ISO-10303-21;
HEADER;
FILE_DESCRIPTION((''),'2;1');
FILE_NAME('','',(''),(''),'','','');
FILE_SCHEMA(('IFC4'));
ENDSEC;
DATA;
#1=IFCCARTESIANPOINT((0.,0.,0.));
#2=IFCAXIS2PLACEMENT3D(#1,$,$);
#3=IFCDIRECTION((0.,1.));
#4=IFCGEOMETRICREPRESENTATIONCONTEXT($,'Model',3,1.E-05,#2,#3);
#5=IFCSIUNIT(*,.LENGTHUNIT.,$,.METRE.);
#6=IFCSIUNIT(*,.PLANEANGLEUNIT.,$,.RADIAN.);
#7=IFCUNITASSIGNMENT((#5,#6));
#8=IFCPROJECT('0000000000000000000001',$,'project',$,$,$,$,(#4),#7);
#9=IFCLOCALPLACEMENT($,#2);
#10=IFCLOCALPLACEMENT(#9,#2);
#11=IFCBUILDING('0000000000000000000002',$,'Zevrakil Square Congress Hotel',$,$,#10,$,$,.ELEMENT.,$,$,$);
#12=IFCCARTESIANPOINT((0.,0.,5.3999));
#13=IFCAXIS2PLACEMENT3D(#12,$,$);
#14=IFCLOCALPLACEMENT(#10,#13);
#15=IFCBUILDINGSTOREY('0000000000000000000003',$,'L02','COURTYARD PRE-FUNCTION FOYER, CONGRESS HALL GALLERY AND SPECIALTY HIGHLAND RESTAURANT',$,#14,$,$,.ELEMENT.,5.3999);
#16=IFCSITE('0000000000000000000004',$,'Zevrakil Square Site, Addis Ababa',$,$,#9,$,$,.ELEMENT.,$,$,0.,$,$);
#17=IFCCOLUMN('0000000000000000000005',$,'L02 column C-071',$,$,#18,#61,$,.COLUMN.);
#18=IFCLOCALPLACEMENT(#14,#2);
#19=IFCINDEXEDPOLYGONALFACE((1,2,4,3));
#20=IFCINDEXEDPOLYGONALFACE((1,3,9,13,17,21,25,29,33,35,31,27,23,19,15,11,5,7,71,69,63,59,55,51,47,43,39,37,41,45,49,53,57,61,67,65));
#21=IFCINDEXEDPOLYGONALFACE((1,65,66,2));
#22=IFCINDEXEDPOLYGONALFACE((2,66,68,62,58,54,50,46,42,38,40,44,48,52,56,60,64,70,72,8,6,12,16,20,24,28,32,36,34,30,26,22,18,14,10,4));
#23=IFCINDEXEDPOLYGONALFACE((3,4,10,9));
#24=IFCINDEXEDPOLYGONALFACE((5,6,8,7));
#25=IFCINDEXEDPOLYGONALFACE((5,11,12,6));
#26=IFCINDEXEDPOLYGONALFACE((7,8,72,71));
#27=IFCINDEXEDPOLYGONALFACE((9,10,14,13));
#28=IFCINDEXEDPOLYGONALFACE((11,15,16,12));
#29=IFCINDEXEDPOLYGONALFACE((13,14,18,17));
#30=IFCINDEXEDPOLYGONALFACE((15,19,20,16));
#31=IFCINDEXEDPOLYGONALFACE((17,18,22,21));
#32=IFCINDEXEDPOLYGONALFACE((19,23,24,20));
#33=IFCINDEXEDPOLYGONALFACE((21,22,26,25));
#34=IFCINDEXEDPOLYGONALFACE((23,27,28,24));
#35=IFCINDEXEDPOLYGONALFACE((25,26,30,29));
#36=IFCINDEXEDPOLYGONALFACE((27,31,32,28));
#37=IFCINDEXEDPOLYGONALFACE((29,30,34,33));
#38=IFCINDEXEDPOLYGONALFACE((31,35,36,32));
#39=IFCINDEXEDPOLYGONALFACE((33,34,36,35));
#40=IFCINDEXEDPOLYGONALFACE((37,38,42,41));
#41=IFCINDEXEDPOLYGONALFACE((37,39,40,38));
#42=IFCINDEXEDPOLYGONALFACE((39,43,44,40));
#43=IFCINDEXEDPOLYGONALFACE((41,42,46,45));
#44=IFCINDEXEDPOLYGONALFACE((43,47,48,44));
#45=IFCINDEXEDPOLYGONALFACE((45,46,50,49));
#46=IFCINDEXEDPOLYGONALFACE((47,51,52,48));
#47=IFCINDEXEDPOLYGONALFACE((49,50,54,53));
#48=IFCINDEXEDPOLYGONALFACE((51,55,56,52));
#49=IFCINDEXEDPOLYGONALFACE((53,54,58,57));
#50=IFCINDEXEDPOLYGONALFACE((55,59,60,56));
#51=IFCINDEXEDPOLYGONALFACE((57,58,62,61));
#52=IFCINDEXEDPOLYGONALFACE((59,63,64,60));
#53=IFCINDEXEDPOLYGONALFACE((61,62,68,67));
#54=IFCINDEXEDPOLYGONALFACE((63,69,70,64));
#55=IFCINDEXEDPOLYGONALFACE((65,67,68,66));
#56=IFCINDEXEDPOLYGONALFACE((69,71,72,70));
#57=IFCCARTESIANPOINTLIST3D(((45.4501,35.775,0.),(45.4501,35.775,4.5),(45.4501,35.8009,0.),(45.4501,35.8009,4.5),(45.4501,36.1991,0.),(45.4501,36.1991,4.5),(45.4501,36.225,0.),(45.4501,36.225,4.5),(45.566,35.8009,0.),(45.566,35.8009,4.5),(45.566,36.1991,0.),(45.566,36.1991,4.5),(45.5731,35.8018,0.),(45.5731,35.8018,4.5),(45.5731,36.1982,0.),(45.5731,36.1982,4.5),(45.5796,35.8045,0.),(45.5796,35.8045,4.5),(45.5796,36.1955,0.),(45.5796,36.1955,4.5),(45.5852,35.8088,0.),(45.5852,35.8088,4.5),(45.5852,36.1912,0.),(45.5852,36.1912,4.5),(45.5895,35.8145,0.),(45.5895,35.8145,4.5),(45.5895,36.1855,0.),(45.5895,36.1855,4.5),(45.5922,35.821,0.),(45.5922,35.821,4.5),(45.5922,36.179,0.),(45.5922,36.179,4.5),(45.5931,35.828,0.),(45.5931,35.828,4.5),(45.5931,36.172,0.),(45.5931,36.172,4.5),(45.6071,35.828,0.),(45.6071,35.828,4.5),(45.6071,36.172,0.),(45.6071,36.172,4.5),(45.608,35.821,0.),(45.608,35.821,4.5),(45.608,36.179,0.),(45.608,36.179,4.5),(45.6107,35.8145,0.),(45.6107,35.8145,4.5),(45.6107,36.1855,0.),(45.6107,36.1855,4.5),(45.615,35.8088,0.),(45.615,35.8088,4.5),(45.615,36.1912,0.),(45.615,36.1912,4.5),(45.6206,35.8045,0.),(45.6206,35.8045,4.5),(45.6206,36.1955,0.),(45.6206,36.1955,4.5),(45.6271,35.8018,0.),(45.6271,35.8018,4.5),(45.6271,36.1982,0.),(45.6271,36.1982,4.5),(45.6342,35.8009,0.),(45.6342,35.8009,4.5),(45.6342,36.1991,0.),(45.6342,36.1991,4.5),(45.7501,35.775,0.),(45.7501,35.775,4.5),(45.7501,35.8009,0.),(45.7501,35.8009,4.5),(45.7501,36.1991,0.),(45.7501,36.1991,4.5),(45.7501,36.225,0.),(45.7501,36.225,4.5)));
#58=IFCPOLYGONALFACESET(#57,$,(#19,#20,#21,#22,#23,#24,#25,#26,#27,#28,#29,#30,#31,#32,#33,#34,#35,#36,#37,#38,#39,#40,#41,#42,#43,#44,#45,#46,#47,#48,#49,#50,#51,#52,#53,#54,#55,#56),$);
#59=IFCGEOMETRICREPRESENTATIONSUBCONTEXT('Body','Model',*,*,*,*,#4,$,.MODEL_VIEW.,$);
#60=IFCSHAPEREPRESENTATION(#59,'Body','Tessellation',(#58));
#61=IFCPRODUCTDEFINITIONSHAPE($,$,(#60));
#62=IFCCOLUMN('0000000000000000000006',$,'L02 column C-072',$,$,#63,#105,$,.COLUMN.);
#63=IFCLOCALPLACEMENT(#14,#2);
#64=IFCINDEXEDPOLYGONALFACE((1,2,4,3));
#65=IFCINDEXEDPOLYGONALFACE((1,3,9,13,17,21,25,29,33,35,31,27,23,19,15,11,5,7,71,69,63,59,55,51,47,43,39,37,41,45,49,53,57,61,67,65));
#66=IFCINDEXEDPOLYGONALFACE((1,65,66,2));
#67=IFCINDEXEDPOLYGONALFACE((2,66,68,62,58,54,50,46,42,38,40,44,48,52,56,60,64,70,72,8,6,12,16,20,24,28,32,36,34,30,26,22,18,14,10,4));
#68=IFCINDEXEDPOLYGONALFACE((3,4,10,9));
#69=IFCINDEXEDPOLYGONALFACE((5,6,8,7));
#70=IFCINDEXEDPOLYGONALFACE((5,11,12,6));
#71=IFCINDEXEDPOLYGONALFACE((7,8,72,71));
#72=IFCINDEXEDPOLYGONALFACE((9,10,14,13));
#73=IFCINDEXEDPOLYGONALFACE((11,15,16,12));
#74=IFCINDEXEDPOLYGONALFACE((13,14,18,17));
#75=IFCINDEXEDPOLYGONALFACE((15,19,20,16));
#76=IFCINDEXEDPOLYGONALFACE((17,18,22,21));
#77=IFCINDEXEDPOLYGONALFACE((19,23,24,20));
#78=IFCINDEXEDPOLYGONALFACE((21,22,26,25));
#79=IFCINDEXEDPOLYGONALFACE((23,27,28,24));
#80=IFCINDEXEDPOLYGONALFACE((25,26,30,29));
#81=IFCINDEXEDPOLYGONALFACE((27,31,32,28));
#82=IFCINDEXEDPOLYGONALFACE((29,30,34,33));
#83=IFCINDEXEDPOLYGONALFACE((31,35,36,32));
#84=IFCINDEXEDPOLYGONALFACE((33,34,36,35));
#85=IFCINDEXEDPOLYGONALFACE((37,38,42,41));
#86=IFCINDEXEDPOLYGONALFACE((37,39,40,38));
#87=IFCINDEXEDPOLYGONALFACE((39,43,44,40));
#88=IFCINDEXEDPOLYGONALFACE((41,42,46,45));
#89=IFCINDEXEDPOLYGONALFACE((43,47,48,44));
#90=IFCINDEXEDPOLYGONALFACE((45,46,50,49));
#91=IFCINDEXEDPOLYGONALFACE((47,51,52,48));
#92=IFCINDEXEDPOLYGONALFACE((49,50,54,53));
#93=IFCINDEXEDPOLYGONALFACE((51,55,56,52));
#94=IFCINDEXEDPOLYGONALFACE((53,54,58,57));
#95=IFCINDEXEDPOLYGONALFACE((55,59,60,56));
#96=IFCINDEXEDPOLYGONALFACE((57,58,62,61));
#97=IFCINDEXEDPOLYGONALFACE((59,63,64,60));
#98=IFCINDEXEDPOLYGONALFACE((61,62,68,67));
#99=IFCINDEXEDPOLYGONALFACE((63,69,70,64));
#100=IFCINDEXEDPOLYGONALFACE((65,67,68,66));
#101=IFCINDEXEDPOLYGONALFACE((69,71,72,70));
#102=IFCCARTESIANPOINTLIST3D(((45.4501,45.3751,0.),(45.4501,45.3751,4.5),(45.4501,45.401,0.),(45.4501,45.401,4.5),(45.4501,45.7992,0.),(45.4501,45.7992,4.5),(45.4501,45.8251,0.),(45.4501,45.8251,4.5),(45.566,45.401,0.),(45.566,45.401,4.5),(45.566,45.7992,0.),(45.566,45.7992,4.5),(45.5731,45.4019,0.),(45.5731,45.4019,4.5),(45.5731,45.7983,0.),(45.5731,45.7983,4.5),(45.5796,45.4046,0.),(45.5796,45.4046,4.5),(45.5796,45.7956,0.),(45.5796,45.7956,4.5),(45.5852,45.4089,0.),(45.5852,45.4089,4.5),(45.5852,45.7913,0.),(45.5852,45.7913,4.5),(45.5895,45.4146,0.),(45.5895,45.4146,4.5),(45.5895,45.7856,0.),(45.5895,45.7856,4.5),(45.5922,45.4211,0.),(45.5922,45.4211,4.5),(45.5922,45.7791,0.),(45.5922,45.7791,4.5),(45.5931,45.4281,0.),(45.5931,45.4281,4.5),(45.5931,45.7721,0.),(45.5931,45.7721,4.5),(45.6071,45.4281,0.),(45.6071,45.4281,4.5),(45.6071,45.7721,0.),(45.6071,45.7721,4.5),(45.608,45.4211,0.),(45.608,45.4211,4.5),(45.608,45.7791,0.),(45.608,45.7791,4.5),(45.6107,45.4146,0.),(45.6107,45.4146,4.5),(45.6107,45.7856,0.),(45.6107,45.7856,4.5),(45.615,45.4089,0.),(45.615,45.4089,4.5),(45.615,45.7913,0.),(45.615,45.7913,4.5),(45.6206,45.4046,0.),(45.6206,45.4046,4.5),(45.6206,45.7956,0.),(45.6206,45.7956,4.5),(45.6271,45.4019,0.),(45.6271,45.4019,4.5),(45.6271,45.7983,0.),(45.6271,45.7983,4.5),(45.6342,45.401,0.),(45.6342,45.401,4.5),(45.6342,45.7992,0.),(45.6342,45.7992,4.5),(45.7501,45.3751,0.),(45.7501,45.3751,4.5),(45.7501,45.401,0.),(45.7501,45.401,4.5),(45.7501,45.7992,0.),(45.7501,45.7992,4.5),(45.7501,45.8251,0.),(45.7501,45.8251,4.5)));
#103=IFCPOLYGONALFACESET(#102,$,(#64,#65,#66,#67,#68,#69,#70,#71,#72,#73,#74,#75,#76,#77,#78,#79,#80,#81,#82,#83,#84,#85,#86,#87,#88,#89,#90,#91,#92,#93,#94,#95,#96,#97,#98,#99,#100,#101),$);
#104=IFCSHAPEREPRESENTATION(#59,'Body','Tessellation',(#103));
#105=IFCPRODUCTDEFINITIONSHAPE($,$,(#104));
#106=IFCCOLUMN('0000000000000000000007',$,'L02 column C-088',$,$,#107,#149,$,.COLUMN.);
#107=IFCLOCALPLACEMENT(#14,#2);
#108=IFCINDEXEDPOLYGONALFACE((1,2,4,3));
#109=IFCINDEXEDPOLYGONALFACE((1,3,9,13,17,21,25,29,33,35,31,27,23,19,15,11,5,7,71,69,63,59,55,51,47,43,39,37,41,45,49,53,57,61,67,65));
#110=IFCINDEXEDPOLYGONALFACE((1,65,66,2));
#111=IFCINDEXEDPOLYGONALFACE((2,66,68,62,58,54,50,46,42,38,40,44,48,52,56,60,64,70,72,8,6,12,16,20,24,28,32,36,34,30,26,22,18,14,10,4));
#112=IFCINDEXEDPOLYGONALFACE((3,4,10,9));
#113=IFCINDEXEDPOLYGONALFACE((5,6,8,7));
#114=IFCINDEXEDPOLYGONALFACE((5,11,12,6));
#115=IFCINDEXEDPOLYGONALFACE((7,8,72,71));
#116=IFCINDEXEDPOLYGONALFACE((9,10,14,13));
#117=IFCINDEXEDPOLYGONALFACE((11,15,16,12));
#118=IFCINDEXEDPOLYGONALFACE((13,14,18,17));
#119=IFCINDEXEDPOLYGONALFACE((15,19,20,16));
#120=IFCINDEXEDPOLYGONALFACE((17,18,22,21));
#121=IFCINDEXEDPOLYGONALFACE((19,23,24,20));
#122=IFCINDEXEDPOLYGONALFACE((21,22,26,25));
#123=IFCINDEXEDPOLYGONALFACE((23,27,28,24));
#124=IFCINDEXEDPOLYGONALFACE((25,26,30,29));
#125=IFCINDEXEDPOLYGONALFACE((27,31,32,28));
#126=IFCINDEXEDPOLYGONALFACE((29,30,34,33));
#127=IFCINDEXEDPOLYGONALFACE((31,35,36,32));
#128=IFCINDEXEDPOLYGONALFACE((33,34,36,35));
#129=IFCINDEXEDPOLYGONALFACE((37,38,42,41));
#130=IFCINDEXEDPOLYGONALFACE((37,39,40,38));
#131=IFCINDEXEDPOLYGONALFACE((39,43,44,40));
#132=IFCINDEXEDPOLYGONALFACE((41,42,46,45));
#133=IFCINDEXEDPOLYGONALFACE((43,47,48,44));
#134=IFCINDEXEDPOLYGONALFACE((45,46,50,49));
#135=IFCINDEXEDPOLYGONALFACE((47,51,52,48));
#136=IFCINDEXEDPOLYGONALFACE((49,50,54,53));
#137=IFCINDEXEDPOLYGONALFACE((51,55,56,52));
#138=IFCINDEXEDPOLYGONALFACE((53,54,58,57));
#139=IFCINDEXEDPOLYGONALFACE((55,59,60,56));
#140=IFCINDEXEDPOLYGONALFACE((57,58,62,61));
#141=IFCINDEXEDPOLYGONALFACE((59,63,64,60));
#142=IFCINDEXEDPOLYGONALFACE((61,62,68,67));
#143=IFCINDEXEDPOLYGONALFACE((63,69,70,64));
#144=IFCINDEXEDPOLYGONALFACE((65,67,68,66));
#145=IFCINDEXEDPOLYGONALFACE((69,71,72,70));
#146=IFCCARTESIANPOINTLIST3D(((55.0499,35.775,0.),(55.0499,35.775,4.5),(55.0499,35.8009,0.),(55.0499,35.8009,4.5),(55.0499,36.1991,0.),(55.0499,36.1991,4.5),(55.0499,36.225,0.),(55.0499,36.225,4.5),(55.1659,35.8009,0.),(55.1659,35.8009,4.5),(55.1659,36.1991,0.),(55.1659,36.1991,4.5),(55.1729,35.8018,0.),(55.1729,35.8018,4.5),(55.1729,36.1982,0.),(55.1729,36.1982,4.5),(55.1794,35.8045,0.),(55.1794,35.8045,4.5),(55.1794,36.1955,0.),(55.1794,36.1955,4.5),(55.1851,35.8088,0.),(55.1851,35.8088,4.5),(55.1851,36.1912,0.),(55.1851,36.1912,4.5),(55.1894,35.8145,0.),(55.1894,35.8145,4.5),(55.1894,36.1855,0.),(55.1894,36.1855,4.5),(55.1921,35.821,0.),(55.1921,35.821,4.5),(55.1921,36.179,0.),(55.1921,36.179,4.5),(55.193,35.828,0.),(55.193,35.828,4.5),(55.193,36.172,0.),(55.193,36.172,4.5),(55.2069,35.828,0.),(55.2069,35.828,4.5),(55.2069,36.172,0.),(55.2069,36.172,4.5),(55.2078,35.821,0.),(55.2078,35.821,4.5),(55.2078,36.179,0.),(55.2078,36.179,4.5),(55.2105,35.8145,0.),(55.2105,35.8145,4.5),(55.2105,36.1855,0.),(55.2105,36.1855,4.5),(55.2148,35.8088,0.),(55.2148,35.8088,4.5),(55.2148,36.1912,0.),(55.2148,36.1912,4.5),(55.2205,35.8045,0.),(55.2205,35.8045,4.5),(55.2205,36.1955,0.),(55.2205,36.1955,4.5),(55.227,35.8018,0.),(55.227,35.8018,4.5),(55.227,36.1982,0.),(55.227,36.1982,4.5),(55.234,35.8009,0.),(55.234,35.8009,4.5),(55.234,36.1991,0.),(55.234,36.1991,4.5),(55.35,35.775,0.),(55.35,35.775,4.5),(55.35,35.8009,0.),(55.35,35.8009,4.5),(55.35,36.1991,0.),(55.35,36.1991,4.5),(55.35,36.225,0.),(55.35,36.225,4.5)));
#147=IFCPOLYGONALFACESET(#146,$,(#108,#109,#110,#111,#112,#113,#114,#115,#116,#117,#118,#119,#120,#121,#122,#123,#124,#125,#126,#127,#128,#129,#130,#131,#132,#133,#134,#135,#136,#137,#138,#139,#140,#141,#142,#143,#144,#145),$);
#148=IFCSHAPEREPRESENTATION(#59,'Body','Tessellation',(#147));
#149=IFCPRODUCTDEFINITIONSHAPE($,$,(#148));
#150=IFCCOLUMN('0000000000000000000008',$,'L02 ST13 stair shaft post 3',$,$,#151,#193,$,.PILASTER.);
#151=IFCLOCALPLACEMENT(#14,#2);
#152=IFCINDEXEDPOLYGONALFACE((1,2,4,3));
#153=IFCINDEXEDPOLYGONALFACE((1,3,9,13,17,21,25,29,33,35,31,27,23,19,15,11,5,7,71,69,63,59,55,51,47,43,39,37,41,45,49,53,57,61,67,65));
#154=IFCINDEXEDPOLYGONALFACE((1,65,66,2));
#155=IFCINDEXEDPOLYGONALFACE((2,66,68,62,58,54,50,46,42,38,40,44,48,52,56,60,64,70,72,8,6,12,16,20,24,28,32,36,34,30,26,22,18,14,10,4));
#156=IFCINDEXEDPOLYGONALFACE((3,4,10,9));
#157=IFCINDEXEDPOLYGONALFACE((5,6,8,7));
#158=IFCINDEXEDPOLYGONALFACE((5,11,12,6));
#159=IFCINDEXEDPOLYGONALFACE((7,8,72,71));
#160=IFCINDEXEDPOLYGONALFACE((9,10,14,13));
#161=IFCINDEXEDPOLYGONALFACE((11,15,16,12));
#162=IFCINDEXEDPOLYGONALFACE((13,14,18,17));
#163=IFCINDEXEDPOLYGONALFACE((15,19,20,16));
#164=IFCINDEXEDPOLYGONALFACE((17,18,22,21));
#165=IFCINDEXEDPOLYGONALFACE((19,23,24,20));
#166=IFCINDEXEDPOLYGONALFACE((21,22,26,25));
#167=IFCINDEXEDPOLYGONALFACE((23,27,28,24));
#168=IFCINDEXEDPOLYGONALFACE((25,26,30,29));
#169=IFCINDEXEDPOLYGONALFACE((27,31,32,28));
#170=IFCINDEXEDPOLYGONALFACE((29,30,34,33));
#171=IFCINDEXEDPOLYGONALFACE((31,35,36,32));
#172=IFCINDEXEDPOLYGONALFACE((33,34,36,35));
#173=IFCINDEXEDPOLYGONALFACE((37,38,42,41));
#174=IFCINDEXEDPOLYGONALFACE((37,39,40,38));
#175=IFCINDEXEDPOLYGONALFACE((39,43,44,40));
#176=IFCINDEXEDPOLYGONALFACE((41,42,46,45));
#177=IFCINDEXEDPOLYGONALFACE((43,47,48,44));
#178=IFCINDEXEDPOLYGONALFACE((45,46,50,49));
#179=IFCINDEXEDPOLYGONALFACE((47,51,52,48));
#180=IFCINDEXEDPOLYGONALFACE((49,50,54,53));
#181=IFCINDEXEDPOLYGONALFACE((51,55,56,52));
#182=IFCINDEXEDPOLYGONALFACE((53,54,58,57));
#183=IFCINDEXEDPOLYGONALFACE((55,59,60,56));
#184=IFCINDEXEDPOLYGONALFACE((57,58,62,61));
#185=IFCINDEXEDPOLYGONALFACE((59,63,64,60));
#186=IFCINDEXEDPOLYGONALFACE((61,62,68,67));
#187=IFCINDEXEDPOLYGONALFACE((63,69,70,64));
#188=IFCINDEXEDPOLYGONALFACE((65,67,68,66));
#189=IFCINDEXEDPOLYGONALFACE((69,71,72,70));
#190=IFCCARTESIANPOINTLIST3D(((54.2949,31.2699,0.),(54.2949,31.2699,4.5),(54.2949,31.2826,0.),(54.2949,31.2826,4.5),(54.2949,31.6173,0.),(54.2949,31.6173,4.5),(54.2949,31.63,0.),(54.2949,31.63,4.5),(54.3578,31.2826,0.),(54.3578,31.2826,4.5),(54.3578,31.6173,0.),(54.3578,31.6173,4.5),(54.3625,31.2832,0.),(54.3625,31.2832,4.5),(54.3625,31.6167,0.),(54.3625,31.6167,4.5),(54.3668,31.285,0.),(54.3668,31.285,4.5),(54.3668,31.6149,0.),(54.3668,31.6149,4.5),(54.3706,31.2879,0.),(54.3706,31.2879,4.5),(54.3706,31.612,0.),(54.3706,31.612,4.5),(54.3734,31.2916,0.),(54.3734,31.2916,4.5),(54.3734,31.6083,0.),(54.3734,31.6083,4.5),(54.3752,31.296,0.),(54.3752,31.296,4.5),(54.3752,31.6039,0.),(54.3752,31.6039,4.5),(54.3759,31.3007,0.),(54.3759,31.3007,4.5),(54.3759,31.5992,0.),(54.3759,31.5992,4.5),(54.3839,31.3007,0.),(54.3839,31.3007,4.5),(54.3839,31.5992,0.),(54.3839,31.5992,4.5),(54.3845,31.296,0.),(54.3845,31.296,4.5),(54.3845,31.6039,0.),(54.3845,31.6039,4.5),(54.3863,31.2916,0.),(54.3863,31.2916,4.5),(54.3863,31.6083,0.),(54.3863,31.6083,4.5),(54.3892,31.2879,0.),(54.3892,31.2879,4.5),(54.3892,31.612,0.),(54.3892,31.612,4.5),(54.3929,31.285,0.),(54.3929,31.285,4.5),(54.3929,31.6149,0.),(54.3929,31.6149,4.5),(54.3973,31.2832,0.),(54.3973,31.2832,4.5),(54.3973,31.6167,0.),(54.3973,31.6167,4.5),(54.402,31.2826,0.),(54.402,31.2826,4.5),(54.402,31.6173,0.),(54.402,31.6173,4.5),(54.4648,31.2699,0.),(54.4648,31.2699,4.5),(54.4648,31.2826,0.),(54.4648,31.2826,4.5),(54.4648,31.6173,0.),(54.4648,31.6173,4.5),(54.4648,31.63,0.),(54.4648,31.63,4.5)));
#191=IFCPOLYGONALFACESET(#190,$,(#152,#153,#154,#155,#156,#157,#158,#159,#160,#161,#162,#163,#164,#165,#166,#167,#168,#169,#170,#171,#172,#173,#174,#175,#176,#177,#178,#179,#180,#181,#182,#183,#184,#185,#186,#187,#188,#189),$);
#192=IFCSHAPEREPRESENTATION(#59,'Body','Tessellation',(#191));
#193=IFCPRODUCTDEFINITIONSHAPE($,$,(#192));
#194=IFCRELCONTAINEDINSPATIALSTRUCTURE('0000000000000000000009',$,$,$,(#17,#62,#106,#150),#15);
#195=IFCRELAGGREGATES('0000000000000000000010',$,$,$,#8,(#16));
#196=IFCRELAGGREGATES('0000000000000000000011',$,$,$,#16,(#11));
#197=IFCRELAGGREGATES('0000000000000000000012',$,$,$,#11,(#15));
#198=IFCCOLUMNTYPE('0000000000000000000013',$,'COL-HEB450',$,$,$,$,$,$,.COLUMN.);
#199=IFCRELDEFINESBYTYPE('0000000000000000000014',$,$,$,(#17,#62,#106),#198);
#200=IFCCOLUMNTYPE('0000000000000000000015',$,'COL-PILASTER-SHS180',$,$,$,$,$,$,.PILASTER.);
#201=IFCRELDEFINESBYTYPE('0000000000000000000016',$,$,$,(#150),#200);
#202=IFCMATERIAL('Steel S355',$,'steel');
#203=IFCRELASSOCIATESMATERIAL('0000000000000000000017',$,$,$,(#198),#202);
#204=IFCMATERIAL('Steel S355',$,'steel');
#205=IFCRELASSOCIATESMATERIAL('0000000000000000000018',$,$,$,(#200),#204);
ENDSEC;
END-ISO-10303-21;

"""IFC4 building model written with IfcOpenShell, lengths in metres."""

from ifc_helpers import new_model, si_unit, direction, frame, origin, origin_2d, place, context, subcontext, project, spatial, i_section, extrude, material, material_profile, profile_set, type_object, element, save


model = new_model("IFC4")

# Units and contexts
model_context = context("Model", 3, precision=1e-05, world=origin(), true_north=direction((0.0, 1.0)))
body_context = subcontext(model_context, "Body", "Model", "MODEL_VIEW")
ifc_project = project(units=[si_unit("LENGTHUNIT", "METRE"), si_unit("PLANEANGLEUNIT", "RADIAN")], contexts=[model_context])

# Site, building, storey
site_placement = place(None, origin())
site = spatial("IfcSite", under=ifc_project, at=site_placement, Name="Zevrakil Square Site, Addis Ababa", CompositionType="ELEMENT", RefElevation=0.0)
building_placement = place(site_placement, origin())
building = spatial("IfcBuilding", under=site, at=building_placement, Name="Zevrakil Square Congress Hotel", CompositionType="ELEMENT")
storey_placement = place(building_placement, frame((0.0, 0.0, 5.3999)))
storey = spatial("IfcBuildingStorey", under=building, at=storey_placement, Name="L02", Description="COURTYARD PRE-FUNCTION FOYER, CONGRESS HALL GALLERY AND SPECIALTY HIGHLAND RESTAURANT", CompositionType="ELEMENT", Elevation=5.3999)

# Columns
ifc_material_1 = material(Name="Steel S355", Category="steel")
ifc_material_profile_1 = material_profile(ifc_material_1, i_section(OverallWidth=0.3, OverallDepth=0.45, WebThickness=0.0139, FlangeThickness=0.0259, FilletRadius=0.0271, at=origin_2d()), Name="HEB 450")
ifc_profile_set_1 = profile_set([ifc_material_profile_1], Name="Steel S355")
column_type_1 = type_object("IfcColumnType", Name="COL-HEB450", PredefinedType="COLUMN", material=ifc_profile_set_1)
for number, where, z_axis, x_axis, name in (
    (1, (45.6001, 36.0, 0.0), (0.0, 0.0, 1.0), (1.0, 0.0, 0.0), "L02 column C-071"),
    (2, (45.6001, 45.6001, 0.0), (0.0, 0.0, 1.0), (1.0, 0.0, 0.0), "L02 column C-072"),
    (3, (55.2, 36.0, 0.0), (0.0, 0.0, 1.0), (1.0, 0.0, 0.0), "L02 column C-088"),
):
    element("IfcColumn", number, at=place(storey_placement, frame(where, z_axis=z_axis, x_axis=x_axis)), inside=storey, type_object=column_type_1, Name=name, PredefinedType="COLUMN", context=body_context, shape_type="SweptSolid", body=[
        extrude(i_section(OverallWidth=0.3, OverallDepth=0.45, WebThickness=0.0139, FlangeThickness=0.0259, FilletRadius=0.0271, at=origin_2d()), origin(), (0.0, 0.0, 1.0), 4.5),
    ])
ifc_material_2 = material(Name="Steel S355", Category="steel")
ifc_material_profile_2 = material_profile(ifc_material_2, i_section(OverallWidth=0.1699, OverallDepth=0.3601, WebThickness=0.0081, FlangeThickness=0.0127, FilletRadius=0.0181, at=origin_2d()), Name="IPE 360")
ifc_profile_set_2 = profile_set([ifc_material_profile_2], Name="Steel S355")
column_type_2 = type_object("IfcColumnType", Name="COL-PILASTER-SHS180", PredefinedType="PILASTER", material=ifc_profile_set_2)
column_1_placement = place(storey_placement, frame((54.3799, 31.45, 0.0), z_axis=(0.0, 0.0, 1.0), x_axis=(1.0, 0.0, 0.0)))
element("IfcColumn", 4, at=column_1_placement, inside=storey, type_object=column_type_2, Name="L02 ST13 stair shaft post 3", PredefinedType="PILASTER", context=body_context, shape_type="SweptSolid", body=[
    extrude(i_section(OverallWidth=0.1699, OverallDepth=0.3601, WebThickness=0.0081, FlangeThickness=0.0127, FilletRadius=0.0181, at=origin_2d()), origin(), (0.0, 0.0, 1.0), 4.5),
])

save(model, "model.ifc")
